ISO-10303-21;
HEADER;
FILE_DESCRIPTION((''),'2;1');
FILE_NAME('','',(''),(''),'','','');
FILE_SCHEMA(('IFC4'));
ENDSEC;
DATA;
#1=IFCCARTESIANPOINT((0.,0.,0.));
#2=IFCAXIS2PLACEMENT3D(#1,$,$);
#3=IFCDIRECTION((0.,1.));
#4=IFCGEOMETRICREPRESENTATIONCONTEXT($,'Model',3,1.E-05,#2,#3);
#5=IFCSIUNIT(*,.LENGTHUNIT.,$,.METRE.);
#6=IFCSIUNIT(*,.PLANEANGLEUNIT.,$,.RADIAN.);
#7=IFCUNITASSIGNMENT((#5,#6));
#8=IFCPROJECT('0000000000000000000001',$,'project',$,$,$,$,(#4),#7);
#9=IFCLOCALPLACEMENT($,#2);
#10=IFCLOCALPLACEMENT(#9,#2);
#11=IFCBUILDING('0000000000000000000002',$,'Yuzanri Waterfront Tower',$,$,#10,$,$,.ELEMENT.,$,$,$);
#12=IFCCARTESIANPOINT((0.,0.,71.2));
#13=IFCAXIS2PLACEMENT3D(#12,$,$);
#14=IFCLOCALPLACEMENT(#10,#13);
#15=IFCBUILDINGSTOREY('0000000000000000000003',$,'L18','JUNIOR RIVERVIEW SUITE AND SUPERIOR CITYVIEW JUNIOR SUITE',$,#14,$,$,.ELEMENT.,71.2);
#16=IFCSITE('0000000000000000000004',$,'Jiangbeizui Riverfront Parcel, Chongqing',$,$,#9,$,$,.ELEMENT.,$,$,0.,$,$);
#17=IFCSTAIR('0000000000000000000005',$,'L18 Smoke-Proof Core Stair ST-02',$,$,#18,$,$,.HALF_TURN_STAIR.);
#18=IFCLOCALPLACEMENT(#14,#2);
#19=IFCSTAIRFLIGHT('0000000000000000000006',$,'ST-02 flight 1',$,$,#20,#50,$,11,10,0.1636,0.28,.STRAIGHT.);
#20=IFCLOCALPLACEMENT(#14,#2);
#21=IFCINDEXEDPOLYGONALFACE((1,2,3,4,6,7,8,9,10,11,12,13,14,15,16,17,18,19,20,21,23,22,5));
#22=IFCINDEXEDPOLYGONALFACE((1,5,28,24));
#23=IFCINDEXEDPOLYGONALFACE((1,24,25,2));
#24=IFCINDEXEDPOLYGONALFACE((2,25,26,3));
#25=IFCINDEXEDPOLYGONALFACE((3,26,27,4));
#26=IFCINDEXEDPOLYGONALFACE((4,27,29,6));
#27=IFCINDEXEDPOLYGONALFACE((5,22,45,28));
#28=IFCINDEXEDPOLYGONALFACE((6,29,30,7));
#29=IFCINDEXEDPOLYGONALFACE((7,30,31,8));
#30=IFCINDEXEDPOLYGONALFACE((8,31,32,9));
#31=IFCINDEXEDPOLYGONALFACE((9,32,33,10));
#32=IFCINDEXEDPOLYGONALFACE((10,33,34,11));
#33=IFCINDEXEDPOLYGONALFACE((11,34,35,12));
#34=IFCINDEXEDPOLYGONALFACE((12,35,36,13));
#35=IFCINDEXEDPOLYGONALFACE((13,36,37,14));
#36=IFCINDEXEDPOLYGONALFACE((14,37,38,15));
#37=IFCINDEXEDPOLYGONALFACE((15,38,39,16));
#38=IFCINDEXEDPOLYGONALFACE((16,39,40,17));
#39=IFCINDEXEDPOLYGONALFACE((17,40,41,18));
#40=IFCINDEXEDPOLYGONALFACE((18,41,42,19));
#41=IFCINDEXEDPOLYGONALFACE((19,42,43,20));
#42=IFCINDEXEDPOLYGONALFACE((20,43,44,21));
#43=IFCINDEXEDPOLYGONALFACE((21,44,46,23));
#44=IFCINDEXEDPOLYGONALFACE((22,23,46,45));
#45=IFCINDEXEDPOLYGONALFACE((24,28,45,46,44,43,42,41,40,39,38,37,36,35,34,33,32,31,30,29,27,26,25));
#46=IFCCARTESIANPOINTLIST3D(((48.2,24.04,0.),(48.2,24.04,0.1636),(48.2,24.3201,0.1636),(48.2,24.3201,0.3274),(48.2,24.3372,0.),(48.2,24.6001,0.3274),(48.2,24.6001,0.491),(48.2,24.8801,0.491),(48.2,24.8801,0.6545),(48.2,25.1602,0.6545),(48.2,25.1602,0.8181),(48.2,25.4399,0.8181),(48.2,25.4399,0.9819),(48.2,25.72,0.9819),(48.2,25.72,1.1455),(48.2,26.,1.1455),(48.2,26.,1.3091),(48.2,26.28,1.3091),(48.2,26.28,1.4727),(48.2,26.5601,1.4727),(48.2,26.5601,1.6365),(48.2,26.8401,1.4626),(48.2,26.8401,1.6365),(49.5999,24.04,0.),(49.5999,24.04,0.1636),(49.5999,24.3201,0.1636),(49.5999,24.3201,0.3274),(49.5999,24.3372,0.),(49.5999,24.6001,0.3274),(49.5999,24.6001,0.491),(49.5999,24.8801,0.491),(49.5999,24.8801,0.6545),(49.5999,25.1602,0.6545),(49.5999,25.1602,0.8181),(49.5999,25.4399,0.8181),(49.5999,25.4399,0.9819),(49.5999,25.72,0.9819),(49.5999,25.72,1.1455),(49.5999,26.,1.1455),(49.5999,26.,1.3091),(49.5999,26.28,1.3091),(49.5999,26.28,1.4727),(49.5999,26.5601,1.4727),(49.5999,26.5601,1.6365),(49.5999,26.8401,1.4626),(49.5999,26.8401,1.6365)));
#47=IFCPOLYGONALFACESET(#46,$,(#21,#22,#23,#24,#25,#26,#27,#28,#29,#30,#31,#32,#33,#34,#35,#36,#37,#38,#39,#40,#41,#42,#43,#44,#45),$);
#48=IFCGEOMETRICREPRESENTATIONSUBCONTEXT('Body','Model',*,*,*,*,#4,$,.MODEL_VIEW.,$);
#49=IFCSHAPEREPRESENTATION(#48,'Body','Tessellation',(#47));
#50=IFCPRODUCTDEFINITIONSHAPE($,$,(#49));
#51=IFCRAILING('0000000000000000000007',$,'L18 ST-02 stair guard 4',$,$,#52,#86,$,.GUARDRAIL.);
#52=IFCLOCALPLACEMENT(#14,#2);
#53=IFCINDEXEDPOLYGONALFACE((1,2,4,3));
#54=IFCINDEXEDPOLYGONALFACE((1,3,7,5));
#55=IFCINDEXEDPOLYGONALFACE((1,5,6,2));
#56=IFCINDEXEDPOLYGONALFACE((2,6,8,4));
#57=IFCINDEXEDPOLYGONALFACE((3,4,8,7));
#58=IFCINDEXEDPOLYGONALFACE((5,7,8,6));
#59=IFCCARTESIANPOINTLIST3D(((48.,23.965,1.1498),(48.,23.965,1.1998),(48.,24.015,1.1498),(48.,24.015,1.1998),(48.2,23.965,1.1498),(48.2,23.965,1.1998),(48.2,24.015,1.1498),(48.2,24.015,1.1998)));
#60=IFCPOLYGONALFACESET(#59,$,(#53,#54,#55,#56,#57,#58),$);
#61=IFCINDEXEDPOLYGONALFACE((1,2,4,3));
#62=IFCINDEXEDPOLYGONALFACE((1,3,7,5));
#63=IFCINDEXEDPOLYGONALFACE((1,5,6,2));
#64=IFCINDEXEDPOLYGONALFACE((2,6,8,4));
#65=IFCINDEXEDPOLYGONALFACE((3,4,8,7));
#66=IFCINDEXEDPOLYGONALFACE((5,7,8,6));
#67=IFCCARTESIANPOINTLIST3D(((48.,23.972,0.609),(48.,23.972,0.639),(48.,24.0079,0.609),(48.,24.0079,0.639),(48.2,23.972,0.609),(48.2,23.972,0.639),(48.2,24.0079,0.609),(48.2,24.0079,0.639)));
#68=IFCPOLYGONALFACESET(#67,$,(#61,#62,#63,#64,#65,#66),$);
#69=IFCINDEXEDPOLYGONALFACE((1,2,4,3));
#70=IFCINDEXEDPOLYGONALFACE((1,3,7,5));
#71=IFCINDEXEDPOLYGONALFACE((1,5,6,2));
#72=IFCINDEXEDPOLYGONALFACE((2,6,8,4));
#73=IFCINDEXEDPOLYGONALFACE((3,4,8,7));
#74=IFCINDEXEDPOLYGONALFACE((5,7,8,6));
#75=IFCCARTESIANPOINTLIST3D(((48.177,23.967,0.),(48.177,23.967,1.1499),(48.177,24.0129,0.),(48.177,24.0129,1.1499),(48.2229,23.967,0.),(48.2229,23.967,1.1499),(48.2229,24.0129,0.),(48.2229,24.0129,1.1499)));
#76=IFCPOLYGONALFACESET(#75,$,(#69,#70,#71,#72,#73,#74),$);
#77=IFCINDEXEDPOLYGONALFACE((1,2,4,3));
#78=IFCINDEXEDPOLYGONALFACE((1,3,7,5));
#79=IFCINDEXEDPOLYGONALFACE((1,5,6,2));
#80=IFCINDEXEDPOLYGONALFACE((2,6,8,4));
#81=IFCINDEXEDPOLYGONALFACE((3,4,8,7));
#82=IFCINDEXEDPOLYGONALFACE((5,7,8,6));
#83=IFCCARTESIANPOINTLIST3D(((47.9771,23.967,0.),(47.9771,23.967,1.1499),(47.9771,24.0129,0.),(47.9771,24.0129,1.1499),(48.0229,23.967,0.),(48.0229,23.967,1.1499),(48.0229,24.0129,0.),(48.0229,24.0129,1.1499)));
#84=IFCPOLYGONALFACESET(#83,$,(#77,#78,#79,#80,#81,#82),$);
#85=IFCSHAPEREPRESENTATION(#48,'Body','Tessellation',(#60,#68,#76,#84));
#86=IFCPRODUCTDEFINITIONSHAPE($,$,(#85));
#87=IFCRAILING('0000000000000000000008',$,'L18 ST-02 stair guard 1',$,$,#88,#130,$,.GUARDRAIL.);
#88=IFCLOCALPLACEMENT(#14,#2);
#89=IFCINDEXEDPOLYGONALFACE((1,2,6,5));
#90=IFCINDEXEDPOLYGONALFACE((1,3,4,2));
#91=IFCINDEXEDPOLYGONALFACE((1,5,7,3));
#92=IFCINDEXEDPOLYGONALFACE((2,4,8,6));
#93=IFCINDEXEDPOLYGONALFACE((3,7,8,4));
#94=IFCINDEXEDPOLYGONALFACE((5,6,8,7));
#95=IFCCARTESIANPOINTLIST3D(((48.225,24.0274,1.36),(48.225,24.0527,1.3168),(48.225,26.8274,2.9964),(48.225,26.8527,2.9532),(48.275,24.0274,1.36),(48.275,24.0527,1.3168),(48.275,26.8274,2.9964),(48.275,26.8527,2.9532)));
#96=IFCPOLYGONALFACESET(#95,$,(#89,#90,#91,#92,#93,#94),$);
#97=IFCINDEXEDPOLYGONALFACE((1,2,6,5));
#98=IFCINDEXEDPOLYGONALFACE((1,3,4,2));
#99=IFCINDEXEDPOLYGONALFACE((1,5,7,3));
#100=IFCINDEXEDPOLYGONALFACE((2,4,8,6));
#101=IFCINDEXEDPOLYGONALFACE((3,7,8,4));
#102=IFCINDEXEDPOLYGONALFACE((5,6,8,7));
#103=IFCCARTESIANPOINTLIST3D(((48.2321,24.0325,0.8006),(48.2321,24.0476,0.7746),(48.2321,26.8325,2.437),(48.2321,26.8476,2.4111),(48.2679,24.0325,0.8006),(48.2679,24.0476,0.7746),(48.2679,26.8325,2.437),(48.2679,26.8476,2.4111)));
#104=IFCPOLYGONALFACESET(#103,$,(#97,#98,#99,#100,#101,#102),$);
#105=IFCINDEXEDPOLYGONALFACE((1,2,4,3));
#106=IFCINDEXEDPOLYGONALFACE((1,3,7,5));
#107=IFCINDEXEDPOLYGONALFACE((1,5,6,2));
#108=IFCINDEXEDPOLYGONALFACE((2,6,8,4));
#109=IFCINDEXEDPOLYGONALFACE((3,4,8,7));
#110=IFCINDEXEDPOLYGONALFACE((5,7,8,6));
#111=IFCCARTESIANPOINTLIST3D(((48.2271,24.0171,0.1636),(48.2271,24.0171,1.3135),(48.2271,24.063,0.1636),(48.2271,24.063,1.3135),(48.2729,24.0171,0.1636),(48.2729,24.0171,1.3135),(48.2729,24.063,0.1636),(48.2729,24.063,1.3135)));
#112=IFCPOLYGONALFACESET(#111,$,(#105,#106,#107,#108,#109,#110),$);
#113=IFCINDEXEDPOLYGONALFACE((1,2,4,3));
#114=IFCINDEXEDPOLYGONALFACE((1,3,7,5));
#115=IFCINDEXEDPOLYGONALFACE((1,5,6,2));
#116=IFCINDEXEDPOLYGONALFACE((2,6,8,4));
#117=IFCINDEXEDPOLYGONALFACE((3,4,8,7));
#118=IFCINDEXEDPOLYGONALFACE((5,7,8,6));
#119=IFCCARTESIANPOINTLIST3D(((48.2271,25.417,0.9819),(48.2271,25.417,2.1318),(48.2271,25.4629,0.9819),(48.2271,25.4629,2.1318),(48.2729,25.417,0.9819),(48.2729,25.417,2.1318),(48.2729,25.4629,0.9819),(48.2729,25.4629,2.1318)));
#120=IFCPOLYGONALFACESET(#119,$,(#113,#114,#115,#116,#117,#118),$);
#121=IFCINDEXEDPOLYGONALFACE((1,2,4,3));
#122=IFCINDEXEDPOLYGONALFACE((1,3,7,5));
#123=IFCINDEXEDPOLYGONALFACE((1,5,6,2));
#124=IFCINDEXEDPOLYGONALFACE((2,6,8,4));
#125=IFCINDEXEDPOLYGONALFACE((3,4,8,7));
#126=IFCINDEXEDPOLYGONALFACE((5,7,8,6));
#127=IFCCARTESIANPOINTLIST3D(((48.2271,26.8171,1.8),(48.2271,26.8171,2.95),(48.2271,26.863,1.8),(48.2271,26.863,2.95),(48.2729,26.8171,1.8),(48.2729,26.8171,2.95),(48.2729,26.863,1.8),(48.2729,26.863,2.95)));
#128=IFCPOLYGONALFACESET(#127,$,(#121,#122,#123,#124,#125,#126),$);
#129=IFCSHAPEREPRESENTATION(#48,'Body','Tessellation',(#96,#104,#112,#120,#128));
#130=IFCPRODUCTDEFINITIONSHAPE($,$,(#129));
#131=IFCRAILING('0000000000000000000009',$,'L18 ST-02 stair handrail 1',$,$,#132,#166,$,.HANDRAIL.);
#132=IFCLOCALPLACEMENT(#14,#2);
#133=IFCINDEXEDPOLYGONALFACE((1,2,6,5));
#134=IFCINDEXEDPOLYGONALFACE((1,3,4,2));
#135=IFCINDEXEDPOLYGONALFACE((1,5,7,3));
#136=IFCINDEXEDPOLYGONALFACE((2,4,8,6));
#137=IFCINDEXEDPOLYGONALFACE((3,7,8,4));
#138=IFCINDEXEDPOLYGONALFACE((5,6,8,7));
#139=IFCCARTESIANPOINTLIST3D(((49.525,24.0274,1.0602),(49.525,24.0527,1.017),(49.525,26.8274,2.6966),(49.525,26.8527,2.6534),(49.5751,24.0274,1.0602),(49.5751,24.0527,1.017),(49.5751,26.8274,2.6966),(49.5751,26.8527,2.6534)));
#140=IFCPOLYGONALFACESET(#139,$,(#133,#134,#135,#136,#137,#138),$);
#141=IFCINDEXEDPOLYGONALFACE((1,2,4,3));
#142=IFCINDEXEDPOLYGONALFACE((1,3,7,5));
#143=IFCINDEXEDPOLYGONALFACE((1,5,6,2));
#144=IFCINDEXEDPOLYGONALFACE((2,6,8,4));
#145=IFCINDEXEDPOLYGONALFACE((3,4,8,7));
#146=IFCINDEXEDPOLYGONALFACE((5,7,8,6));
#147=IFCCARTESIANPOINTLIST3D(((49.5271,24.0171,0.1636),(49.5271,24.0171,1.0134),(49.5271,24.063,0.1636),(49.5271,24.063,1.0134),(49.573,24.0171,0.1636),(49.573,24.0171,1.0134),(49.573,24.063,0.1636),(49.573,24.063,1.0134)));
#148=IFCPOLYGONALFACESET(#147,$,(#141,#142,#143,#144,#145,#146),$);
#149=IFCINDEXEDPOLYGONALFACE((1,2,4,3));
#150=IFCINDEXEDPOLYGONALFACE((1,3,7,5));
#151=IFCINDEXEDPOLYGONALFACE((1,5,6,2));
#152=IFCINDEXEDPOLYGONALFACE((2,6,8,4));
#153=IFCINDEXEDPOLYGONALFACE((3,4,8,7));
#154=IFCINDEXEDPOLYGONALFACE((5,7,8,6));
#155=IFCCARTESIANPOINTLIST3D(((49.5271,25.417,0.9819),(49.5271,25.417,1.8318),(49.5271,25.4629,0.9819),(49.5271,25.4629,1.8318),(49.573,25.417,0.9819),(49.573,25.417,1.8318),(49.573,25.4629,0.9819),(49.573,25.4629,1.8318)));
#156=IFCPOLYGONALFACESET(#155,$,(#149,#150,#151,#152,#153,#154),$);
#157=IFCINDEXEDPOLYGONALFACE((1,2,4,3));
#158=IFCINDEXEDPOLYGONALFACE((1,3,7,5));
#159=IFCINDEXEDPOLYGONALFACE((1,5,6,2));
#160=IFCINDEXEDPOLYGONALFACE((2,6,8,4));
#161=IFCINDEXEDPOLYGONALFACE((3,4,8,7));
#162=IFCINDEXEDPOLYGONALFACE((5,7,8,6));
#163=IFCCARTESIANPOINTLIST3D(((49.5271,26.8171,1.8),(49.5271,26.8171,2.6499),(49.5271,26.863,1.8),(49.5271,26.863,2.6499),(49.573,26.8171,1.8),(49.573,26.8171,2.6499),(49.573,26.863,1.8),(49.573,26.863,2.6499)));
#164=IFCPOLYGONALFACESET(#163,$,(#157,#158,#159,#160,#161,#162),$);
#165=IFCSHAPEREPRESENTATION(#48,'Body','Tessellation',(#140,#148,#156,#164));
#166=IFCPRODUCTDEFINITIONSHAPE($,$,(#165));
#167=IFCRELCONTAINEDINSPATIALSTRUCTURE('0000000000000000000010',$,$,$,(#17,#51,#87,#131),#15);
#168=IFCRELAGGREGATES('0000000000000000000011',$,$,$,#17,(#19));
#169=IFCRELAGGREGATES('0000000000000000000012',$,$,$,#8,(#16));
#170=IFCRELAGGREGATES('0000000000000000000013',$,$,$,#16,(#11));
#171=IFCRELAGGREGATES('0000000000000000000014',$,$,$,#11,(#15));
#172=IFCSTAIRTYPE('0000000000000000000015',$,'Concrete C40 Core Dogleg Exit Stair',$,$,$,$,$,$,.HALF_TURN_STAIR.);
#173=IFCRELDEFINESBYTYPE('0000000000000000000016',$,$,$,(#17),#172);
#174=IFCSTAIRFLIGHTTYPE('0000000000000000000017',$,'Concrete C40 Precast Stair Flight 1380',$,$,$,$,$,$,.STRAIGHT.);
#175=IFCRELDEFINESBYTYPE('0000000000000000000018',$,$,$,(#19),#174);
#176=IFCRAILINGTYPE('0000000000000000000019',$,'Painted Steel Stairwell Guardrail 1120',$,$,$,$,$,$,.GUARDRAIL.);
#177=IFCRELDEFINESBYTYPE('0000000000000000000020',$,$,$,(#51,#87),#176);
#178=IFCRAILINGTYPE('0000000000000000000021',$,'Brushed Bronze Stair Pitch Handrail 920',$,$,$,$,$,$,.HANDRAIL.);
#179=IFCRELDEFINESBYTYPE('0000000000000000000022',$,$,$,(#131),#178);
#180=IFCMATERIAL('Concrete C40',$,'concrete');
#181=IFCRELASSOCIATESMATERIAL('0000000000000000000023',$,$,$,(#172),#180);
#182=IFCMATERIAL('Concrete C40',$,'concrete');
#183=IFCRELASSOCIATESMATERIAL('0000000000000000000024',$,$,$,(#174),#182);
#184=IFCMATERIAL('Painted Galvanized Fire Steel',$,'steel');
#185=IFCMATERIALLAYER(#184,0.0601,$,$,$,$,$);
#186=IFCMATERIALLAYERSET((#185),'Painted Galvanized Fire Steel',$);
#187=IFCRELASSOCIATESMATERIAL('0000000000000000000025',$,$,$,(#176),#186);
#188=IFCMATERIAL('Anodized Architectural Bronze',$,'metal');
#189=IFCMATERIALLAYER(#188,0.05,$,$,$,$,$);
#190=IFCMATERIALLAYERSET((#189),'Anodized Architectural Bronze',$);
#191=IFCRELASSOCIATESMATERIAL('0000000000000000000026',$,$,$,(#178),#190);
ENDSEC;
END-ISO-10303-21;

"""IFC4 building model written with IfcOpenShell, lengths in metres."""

from ifc_helpers import new_model, si_unit, direction, frame, origin, origin_2d, place, context, subcontext, project, spatial, polyline, rectangle, outline, extrude, source, transform, mapped, material, layer, layer_set, type_object, element, aggregate, save


model = new_model("IFC4")

# Units and contexts
model_context = context("Model", 3, precision=1e-05, world=origin(), true_north=direction((0.0, 1.0)))
body_context = subcontext(model_context, "Body", "Model", "MODEL_VIEW")
ifc_project = project(units=[si_unit("LENGTHUNIT", "METRE"), si_unit("PLANEANGLEUNIT", "RADIAN")], contexts=[model_context])

# Site, building, storey
site_placement = place(None, origin())
site = spatial("IfcSite", under=ifc_project, at=site_placement, Name="Jiangbeizui Riverfront Parcel, Chongqing", CompositionType="ELEMENT", RefElevation=0.0)
building_placement = place(site_placement, origin())
building = spatial("IfcBuilding", under=site, at=building_placement, Name="Yuzanri Waterfront Tower", CompositionType="ELEMENT")
storey_placement = place(building_placement, frame((0.0, 0.0, 71.2)))
storey = spatial("IfcBuildingStorey", under=building, at=storey_placement, Name="L18", Description="JUNIOR RIVERVIEW SUITE AND SUPERIOR CITYVIEW JUNIOR SUITE", CompositionType="ELEMENT", Elevation=71.2)

# Stair, stair flight
ifc_material_1 = material(Name="Concrete C40", Category="concrete")
stair_type = type_object("IfcStairType", Name="Concrete C40 Core Dogleg Exit Stair", PredefinedType="HALF_TURN_STAIR", material=ifc_material_1)
stair_placement = place(storey_placement, origin())
stair = element("IfcStair", 1, at=stair_placement, inside=storey, type_object=stair_type, Name="L18 Smoke-Proof Core Stair ST-02", PredefinedType="HALF_TURN_STAIR")
ifc_material_2 = material(Name="Concrete C40", Category="concrete")
stair_flight_type = type_object("IfcStairFlightType", Name="Concrete C40 Precast Stair Flight 1380", PredefinedType="STRAIGHT", material=ifc_material_2)
shared_shape_1 = source(origin(), body_context, "Body", "SweptSolid", [
    extrude(outline(polyline([(0.0, 0.0), (0.0, 0.1636), (0.28, 0.1636), (0.28, 0.3274), (0.5601, 0.3274), (0.5601, 0.491), (0.8401, 0.491), (0.8401, 0.6545), (1.1201, 0.6545), (1.1201, 0.8181), (1.3999, 0.8181), (1.3999, 0.9819), (1.6799, 0.9819), (1.6799, 1.1455), (1.96, 1.1455), (1.96, 1.3091), (2.24, 1.3091), (2.24, 1.4727), (2.52, 1.4727), (2.52, 1.6365), (2.8, 1.6365), (2.8, 1.8), (2.8, 1.4626), (0.2971, 0.0), (0.0, 0.0)])), frame((0.0, 0.7, 0.0), z_axis=(0.0, -1.0, 0.0), x_axis=(1.0, 0.0, 0.0)), (0.0, 0.0, 1.0), 1.3999),
])
stair_flight_placement = place(storey_placement, frame((48.8999, 24.04, 0.0), z_axis=(0.0, 0.0, 1.0), x_axis=(0.0, 1.0, 0.0)))
stair_flight = element("IfcStairFlight", 2, at=stair_flight_placement, type_object=stair_flight_type, Name="ST-02 flight 1", NumberOfRisers=11, NumberOfTreads=10, PredefinedType="STRAIGHT", RiserHeight=0.1636, TreadLength=0.28, context=body_context, shape_type="MappedRepresentation", body=[
    mapped(shared_shape_1, transform((0.0, 0.0, 0.0), scale=1.0)),
])
aggregate(stair, [stair_flight])

# Railings
ifc_material_3 = material(Name="Painted Galvanized Fire Steel", Category="steel")
ifc_layer_1 = layer(ifc_material_3, 0.0601)
ifc_layer_set_1 = layer_set([ifc_layer_1], Name="Painted Galvanized Fire Steel")
railing_type_1 = type_object("IfcRailingType", Name="Painted Steel Stairwell Guardrail 1120", PredefinedType="GUARDRAIL", material=ifc_layer_set_1)
shared_shape_2 = source(origin(), body_context, "Body", "SweptSolid", [
    extrude(rectangle(XDim=0.05, YDim=0.05, at=origin_2d()), frame((0.0, 0.0, 1.1748), z_axis=(-1.0, 0.0, 0.0), x_axis=(0.0, -1.0, 0.0)), (0.0, 0.0, 1.0), 0.2),
    extrude(rectangle(XDim=0.0359, YDim=0.03, at=origin_2d()), frame((0.0, 0.0, 0.624), z_axis=(-1.0, 0.0, 0.0), x_axis=(0.0, -1.0, 0.0)), (0.0, 0.0, 1.0), 0.2),
    extrude(rectangle(XDim=0.0459, YDim=0.0459, at=origin_2d()), origin(), (0.0, 0.0, 1.0), 1.1499),
    extrude(rectangle(XDim=0.0459, YDim=0.0459, at=origin_2d()), frame((-0.2, 0.0, 0.0)), (0.0, 0.0, 1.0), 1.1499),
])
railing_1_placement = place(storey_placement, frame((48.2, 23.99, 0.0)))
element("IfcRailing", 3, at=railing_1_placement, inside=storey, type_object=railing_type_1, Name="L18 ST-02 stair guard 4", PredefinedType="GUARDRAIL", context=body_context, shape_type="MappedRepresentation", body=[
    mapped(shared_shape_2, transform((0.0, 0.0, 0.0), scale=1.0)),
])
shared_shape_3 = source(origin(), body_context, "Body", "SweptSolid", [
    extrude(rectangle(XDim=0.05, YDim=0.05, at=origin_2d()), frame((0.0, 0.0, 1.1748), z_axis=(0.0, 0.863361, 0.504587), x_axis=(-1.0, 0.0, 0.0)), (0.0, 0.0, 1.0), 3.2432),
    extrude(rectangle(XDim=0.0359, YDim=0.03, at=origin_2d()), frame((0.0, 0.0, 0.624), z_axis=(0.0, 0.863361, 0.504587), x_axis=(-1.0, 0.0, 0.0)), (0.0, 0.0, 1.0), 3.2432),
    extrude(rectangle(XDim=0.0459, YDim=0.0459, at=origin_2d()), origin(), (0.0, 0.0, 1.0), 1.1499),
    extrude(rectangle(XDim=0.0459, YDim=0.0459, at=origin_2d()), frame((0.0, 1.3999, 0.8184)), (0.0, 0.0, 1.0), 1.1499),
    extrude(rectangle(XDim=0.0459, YDim=0.0459, at=origin_2d()), frame((0.0, 2.8, 1.6365)), (0.0, 0.0, 1.0), 1.1499),
])
railing_2_placement = place(storey_placement, frame((48.25, 24.04, 0.1636)))
element("IfcRailing", 4, at=railing_2_placement, inside=storey, type_object=railing_type_1, Name="L18 ST-02 stair guard 1", PredefinedType="GUARDRAIL", context=body_context, shape_type="MappedRepresentation", body=[
    mapped(shared_shape_3, transform((0.0, 0.0, 0.0), scale=1.0)),
])
ifc_material_4 = material(Name="Anodized Architectural Bronze", Category="metal")
ifc_layer_2 = layer(ifc_material_4, 0.05)
ifc_layer_set_2 = layer_set([ifc_layer_2], Name="Anodized Architectural Bronze")
railing_type_2 = type_object("IfcRailingType", Name="Brushed Bronze Stair Pitch Handrail 920", PredefinedType="HANDRAIL", material=ifc_layer_set_2)
shared_shape_4 = source(origin(), body_context, "Body", "SweptSolid", [
    extrude(rectangle(XDim=0.05, YDim=0.05, at=origin_2d()), frame((0.0, 0.0, 0.875), z_axis=(0.0, 0.863361, 0.504587), x_axis=(-1.0, 0.0, 0.0)), (0.0, 0.0, 1.0), 3.2432),
    extrude(rectangle(XDim=0.0459, YDim=0.0459, at=origin_2d()), origin(), (0.0, 0.0, 1.0), 0.8499),
    extrude(rectangle(XDim=0.0459, YDim=0.0459, at=origin_2d()), frame((0.0, 1.3999, 0.8184)), (0.0, 0.0, 1.0), 0.8499),
    extrude(rectangle(XDim=0.0459, YDim=0.0459, at=origin_2d()), frame((0.0, 2.8, 1.6365)), (0.0, 0.0, 1.0), 0.8499),
])
railing_3_placement = place(storey_placement, frame((49.55, 24.04, 0.1636)))
element("IfcRailing", 5, at=railing_3_placement, inside=storey, type_object=railing_type_2, Name="L18 ST-02 stair handrail 1", PredefinedType="HANDRAIL", context=body_context, shape_type="MappedRepresentation", body=[
    mapped(shared_shape_4, transform((0.0, 0.0, 0.0), scale=1.0)),
])

save(model, "model.ifc")
